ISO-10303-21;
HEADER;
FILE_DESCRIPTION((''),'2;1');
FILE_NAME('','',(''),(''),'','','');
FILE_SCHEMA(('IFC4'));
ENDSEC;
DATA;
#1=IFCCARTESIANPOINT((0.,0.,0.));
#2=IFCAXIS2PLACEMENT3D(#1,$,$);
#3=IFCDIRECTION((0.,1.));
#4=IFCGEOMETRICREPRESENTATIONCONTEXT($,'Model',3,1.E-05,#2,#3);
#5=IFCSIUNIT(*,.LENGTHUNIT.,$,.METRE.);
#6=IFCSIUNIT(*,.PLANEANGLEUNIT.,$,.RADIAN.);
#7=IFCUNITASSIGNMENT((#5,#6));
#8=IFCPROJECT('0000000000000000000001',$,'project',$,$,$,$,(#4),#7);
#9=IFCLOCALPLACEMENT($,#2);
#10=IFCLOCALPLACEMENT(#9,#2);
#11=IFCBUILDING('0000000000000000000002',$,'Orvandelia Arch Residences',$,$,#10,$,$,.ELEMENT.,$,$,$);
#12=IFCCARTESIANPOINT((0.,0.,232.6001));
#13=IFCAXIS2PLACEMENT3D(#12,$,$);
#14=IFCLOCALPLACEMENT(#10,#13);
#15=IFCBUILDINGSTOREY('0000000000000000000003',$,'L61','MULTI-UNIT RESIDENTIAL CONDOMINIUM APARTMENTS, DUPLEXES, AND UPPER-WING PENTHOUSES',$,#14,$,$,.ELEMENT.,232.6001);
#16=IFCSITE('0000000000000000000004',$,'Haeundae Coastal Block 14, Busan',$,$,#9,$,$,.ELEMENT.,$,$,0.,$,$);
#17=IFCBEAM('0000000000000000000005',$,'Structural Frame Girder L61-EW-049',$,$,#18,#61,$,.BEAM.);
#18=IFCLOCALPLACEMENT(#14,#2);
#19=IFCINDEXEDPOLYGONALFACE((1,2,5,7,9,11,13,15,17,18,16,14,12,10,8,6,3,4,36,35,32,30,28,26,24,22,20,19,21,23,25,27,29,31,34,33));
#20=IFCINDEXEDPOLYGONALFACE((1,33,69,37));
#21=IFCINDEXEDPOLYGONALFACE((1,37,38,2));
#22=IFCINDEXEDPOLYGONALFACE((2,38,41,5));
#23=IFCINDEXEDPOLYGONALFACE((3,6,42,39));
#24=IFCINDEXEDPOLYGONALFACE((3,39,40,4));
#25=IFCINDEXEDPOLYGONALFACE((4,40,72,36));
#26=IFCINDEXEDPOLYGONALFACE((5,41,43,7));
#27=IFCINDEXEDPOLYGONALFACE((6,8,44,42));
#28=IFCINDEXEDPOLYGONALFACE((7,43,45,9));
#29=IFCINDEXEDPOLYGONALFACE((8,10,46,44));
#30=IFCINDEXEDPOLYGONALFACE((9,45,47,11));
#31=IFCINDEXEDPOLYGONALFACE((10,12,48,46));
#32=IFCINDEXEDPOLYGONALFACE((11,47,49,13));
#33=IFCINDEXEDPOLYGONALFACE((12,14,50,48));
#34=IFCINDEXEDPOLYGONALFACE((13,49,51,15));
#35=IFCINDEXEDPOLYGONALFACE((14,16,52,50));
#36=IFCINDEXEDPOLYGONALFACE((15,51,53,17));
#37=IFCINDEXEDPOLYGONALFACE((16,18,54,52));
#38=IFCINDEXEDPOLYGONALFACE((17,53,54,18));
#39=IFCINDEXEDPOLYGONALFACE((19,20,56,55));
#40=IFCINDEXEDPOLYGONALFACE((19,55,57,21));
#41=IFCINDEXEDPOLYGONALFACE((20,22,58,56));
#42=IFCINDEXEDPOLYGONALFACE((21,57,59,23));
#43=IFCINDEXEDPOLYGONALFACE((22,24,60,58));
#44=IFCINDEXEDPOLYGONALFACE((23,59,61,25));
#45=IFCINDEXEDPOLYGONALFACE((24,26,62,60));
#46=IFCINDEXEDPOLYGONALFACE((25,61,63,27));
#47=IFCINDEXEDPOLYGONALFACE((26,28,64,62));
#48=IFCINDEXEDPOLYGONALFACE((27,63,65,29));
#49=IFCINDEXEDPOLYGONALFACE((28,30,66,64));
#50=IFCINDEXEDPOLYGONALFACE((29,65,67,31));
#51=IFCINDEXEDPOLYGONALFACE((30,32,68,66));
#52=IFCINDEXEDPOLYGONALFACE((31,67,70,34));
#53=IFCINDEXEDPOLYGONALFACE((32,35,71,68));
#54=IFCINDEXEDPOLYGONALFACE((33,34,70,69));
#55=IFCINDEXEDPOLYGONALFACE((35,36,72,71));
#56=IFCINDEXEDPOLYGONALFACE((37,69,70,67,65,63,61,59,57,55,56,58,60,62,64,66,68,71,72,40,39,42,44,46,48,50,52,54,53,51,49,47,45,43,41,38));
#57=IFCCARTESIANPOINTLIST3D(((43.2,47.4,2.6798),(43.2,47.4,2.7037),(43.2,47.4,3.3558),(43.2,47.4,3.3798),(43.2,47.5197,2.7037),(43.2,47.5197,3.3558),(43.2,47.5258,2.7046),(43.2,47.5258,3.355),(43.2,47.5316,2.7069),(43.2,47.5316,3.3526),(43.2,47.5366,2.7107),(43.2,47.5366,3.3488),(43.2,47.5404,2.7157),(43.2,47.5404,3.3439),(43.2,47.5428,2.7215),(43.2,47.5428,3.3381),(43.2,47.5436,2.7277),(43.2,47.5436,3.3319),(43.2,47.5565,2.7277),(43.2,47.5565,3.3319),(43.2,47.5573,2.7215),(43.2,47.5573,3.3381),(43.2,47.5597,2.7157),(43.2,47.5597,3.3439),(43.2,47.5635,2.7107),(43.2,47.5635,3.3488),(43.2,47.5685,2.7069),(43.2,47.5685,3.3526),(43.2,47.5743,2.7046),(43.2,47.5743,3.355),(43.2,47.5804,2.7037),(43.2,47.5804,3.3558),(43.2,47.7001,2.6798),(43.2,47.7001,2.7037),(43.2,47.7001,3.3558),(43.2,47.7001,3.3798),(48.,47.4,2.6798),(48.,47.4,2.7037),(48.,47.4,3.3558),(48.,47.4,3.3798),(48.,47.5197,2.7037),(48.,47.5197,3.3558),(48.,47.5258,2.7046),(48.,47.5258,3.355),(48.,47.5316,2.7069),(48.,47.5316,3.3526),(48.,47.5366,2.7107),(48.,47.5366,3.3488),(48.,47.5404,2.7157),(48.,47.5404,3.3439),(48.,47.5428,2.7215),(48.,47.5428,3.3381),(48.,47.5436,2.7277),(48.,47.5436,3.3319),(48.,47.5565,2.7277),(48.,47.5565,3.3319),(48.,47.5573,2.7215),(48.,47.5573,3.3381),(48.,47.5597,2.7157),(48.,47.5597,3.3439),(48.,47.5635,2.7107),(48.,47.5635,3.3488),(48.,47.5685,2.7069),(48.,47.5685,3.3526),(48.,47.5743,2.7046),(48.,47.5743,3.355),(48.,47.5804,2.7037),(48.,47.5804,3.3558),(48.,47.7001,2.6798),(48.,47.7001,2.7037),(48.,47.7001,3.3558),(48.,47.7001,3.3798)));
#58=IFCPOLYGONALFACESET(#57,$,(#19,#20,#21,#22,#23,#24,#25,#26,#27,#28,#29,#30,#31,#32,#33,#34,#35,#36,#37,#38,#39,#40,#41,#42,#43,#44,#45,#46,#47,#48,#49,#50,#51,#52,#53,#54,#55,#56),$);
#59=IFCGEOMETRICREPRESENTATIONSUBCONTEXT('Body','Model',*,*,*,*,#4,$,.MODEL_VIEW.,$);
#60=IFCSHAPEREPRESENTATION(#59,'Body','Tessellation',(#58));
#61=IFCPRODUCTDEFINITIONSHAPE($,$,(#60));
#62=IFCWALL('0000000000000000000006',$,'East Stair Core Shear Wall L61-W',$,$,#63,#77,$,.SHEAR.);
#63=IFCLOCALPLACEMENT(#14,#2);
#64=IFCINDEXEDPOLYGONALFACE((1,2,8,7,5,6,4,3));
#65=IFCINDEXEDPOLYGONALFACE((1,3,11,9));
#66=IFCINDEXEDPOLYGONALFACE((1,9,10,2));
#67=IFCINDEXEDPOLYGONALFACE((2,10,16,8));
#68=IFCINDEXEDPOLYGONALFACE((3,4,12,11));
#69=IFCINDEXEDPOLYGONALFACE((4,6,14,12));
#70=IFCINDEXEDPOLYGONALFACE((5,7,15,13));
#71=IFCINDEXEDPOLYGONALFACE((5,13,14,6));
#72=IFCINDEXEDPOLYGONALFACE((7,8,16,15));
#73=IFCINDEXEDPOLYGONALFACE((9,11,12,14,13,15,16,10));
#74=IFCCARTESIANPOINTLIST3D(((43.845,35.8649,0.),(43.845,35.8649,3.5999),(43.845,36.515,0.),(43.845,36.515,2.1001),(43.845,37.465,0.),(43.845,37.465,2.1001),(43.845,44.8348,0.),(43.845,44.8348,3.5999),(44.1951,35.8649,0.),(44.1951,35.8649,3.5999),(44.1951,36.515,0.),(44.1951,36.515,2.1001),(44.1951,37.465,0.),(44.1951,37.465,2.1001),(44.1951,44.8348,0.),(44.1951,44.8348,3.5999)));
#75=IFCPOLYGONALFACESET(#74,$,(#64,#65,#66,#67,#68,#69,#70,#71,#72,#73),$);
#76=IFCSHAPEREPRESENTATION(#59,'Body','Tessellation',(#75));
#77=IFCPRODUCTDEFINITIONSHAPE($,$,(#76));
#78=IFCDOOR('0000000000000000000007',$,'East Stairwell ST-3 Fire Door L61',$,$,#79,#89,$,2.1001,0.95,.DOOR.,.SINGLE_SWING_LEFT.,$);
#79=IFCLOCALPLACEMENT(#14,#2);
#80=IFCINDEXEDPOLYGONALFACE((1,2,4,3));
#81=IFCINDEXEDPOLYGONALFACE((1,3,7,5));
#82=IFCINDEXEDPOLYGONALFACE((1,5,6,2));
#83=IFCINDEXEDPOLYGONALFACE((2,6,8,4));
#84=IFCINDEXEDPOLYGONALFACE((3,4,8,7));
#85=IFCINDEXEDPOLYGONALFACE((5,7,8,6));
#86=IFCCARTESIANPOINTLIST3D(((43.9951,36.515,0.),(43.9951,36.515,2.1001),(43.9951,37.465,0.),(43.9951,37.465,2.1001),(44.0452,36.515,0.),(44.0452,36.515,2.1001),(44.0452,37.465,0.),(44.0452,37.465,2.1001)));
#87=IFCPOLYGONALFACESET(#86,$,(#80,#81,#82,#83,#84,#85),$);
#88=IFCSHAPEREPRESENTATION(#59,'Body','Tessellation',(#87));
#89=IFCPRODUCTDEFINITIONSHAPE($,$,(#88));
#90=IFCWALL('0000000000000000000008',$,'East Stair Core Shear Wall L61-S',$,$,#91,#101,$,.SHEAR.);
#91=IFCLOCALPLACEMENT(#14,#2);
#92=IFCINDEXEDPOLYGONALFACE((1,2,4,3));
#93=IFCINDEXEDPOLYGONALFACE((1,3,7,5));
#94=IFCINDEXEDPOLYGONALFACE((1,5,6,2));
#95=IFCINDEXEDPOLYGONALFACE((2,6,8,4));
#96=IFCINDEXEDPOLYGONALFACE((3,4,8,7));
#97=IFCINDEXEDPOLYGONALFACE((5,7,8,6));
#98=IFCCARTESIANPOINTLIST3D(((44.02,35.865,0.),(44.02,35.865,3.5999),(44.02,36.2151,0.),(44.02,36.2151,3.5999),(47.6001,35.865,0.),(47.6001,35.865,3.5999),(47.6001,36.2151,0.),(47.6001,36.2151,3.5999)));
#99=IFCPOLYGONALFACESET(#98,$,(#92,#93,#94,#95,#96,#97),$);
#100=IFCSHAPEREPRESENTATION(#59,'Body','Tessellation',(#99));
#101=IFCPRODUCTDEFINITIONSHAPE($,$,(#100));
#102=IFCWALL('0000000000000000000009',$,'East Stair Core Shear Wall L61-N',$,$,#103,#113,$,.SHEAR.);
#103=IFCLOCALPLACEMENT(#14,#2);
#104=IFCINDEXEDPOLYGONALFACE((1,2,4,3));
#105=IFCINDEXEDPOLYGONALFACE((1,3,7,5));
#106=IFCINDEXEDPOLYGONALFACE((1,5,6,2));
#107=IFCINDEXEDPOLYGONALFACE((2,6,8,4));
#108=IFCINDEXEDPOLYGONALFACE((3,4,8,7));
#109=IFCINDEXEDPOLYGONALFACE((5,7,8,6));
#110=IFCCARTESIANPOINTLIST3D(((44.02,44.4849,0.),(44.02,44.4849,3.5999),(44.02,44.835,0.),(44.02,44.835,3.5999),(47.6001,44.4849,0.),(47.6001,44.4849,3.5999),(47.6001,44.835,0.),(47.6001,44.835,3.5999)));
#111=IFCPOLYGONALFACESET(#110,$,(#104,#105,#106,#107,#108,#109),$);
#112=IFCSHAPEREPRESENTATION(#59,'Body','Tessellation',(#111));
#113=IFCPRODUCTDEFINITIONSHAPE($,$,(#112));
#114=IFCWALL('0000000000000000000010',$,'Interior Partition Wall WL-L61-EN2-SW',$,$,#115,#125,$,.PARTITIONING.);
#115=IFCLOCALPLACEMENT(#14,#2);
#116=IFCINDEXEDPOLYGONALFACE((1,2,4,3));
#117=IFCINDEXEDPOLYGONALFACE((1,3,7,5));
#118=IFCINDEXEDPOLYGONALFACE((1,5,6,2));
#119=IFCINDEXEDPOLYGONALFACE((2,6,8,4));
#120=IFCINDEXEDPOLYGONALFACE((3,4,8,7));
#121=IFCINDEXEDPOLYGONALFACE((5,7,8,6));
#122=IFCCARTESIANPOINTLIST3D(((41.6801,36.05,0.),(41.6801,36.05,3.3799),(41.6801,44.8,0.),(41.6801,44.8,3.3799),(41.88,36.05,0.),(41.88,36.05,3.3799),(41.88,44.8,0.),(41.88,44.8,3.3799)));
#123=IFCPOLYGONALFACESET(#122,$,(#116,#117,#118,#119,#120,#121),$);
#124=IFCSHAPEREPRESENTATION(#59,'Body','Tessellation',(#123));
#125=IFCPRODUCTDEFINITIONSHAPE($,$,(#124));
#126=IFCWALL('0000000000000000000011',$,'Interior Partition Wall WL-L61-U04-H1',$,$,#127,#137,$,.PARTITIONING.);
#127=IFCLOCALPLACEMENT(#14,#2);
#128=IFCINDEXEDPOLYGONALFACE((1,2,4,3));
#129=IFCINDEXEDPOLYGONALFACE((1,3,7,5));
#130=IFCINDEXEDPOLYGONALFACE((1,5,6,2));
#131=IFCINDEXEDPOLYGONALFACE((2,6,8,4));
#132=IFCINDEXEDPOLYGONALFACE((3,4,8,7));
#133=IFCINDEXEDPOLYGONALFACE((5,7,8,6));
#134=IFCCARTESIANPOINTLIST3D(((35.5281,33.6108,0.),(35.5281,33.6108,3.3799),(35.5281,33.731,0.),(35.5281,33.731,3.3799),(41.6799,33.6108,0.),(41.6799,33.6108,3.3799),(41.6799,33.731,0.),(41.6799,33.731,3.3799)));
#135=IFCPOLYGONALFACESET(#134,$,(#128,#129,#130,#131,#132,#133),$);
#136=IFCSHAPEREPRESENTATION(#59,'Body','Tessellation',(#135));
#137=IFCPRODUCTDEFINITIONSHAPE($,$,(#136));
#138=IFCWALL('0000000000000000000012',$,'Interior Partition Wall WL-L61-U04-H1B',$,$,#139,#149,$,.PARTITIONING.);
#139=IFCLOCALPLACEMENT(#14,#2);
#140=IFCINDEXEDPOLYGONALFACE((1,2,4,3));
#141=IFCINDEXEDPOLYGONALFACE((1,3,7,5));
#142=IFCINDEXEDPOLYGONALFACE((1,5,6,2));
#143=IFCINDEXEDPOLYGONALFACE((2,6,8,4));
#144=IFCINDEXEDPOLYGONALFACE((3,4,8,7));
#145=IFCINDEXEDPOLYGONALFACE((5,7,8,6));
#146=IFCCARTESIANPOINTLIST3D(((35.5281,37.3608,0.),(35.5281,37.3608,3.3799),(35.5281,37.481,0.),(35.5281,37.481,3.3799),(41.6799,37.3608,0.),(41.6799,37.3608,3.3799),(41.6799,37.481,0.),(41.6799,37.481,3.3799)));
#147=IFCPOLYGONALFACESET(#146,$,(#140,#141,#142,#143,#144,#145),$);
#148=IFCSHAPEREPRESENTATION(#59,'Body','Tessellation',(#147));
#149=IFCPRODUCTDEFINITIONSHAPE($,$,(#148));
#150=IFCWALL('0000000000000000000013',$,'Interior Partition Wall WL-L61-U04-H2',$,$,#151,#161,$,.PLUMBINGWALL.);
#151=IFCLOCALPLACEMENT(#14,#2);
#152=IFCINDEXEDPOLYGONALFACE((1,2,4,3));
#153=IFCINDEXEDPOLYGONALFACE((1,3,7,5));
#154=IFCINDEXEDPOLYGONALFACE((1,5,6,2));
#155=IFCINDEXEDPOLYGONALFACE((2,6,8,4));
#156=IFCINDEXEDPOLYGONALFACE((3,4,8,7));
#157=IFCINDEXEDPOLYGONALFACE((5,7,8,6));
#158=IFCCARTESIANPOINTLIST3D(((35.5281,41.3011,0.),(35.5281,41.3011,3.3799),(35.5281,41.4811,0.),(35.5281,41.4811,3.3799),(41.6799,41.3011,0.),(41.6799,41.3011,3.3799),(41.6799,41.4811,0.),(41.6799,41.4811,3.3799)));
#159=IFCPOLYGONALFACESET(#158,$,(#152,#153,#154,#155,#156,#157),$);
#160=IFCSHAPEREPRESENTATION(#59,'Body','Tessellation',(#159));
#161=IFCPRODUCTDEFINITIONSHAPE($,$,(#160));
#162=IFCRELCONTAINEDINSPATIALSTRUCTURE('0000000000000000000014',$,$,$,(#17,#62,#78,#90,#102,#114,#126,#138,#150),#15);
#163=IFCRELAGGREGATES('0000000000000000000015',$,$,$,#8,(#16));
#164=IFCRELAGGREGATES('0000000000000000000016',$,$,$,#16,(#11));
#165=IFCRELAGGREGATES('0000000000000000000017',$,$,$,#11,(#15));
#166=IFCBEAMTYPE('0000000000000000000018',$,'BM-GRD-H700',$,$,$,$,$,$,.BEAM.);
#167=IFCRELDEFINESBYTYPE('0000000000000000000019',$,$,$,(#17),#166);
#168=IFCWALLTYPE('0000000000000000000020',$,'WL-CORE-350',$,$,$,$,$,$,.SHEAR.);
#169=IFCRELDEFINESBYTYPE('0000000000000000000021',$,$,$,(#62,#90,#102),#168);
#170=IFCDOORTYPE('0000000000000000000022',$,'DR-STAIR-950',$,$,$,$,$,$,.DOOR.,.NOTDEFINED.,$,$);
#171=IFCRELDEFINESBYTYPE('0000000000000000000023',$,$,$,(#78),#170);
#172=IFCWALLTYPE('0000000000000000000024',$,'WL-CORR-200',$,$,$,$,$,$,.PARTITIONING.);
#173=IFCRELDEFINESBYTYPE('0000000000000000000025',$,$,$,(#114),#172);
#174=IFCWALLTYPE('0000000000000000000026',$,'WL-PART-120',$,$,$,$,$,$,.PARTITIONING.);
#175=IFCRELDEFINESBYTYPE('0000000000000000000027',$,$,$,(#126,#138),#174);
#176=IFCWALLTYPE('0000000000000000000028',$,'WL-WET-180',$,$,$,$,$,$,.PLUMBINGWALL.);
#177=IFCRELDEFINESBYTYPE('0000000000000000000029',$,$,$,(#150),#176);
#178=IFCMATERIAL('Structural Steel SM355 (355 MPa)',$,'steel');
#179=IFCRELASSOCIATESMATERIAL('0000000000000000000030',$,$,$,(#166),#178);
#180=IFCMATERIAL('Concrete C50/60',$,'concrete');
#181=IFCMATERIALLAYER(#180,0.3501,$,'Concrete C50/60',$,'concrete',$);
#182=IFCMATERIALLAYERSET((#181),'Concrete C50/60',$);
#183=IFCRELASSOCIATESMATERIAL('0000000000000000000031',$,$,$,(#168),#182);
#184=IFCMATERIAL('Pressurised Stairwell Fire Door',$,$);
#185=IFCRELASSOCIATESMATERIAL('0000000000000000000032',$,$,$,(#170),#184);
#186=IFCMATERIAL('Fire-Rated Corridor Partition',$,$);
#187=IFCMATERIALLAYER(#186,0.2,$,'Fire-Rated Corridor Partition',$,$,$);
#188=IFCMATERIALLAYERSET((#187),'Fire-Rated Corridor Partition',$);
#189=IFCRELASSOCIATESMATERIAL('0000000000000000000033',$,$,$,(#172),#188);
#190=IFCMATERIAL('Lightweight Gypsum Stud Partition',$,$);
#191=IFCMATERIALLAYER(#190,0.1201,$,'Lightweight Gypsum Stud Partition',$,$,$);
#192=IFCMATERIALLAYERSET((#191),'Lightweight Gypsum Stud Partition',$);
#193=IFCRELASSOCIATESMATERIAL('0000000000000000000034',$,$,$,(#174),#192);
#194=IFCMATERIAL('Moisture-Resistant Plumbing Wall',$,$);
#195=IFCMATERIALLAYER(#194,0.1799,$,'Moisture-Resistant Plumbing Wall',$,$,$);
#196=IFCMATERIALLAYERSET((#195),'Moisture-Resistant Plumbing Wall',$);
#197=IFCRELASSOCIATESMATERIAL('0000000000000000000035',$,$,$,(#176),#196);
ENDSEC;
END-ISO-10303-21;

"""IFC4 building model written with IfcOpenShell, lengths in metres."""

from ifc_helpers import new_model, si_unit, direction, frame, frame_2d, origin, origin_2d, place, context, subcontext, project, spatial, rectangle, i_section, extrude, material, layer, layer_set, material_profile, profile_set, type_object, element, fill, save


model = new_model("IFC4")

# Units and contexts
model_context = context("Model", 3, precision=1e-05, world=origin(), true_north=direction((0.0, 1.0)))
body_context = subcontext(model_context, "Body", "Model", "MODEL_VIEW")
ifc_project = project(units=[si_unit("LENGTHUNIT", "METRE"), si_unit("PLANEANGLEUNIT", "RADIAN")], contexts=[model_context])

# Site, building, storey
site_placement = place(None, origin())
site = spatial("IfcSite", under=ifc_project, at=site_placement, Name="Haeundae Coastal Block 14, Busan", CompositionType="ELEMENT", RefElevation=0.0)
building_placement = place(site_placement, origin())
building = spatial("IfcBuilding", under=site, at=building_placement, Name="Orvandelia Arch Residences", CompositionType="ELEMENT")
storey_placement = place(building_placement, frame((0.0, 0.0, 232.6001)))
storey = spatial("IfcBuildingStorey", under=building, at=storey_placement, Name="L61", Description="MULTI-UNIT RESIDENTIAL CONDOMINIUM APARTMENTS, DUPLEXES, AND UPPER-WING PENTHOUSES", CompositionType="ELEMENT", Elevation=232.6001)

# Beam
ifc_material_1 = material(Name="Structural Steel SM355 (355 MPa)", Category="steel")
ifc_material_profile_1 = material_profile(ifc_material_1, i_section(OverallWidth=0.3, OverallDepth=0.7, WebThickness=0.0129, FlangeThickness=0.0239, FilletRadius=0.0239, at=origin_2d()), Name="Structural Steel SM355 (355 MPa)", Category="steel")
ifc_profile_set_1 = profile_set([ifc_material_profile_1], Name="Structural Steel SM355 (355 MPa)")
beam_type = type_object("IfcBeamType", Name="BM-GRD-H700", PredefinedType="BEAM", material=ifc_profile_set_1)
for number, where, z_axis, x_axis, name in (
    (1, (43.2, 47.55, 3.0298), (1.0, 0.0, 0.0), (0.0, 1.0, 0.0), "Structural Frame Girder L61-EW-049"),
):
    element("IfcBeam", number, at=place(storey_placement, frame(where, z_axis=z_axis, x_axis=x_axis)), inside=storey, type_object=beam_type, Name=name, PredefinedType="BEAM", context=body_context, shape_type="SweptSolid", body=[
        extrude(i_section(OverallWidth=0.3, OverallDepth=0.7, WebThickness=0.0129, FlangeThickness=0.0239, FilletRadius=0.0239, at=origin_2d()), origin(), (0.0, 0.0, 1.0), 4.8),
    ])

# Wall, opening, door
ifc_material_2 = material(Name="Concrete C50/60", Category="concrete")
ifc_layer_1 = layer(ifc_material_2, 0.3501, Name="Concrete C50/60", Category="concrete")
ifc_layer_set_1 = layer_set([ifc_layer_1], Name="Concrete C50/60")
wall_type_1 = type_object("IfcWallType", Name="WL-CORE-350", PredefinedType="SHEAR", material=ifc_layer_set_1)
wall_1_placement = place(storey_placement, frame((44.02, 35.865, 0.0), z_axis=(0.0, 0.0, 1.0), x_axis=(0.0, 1.0, 0.0)))
wall_1 = element("IfcWall", 2, at=wall_1_placement, inside=storey, type_object=wall_type_1, Name="East Stair Core Shear Wall L61-W", PredefinedType="SHEAR", context=body_context, shape_type="SweptSolid", body=[
    extrude(rectangle(XDim=8.97, YDim=0.3501, at=frame_2d((4.4849, 0.0))), origin(), (0.0, 0.0, 1.0), 3.5999),
])
opening_1_placement = place(wall_1_placement, frame((0.6499, 0.0, 0.0)))
opening_1 = element("IfcOpeningElement", 3, at=opening_1_placement, cuts=wall_1, PredefinedType="OPENING", context=body_context, shape_type="SweptSolid", body=[
    extrude(rectangle(XDim=0.95, YDim=2.1001, at=frame_2d((0.4751, 1.05))), frame((0.0, 0.1851, 0.0), z_axis=(0.0, -1.0, 0.0), x_axis=(1.0, 0.0, 0.0)), (0.0, 0.0, 1.0), 0.3701),
])
ifc_material_3 = material(Name="Pressurised Stairwell Fire Door")
door_type_1 = type_object("IfcDoorType", Name="DR-STAIR-950", OperationType="NOTDEFINED", PredefinedType="DOOR", material=ifc_material_3)
door_1_placement = place(opening_1_placement, origin())
door_1 = element("IfcDoor", 4, at=door_1_placement, inside=storey, type_object=door_type_1, Name="East Stairwell ST-3 Fire Door L61", OperationType="SINGLE_SWING_LEFT", OverallHeight=2.1001, OverallWidth=0.95, PredefinedType="DOOR", context=body_context, shape_type="SweptSolid", body=[
    extrude(rectangle(XDim=0.95, YDim=2.1001, at=frame_2d((0.4751, 1.05))), frame((0.0, 0.0249, 0.0), z_axis=(0.0, -1.0, 0.0), x_axis=(1.0, 0.0, 0.0)), (0.0, 0.0, 1.0), 0.05),
])
fill(opening_1, door_1)

# Walls
for number, where, z_axis, x_axis, name in (
    (5, (44.02, 36.04, 0.0), (0.0, 0.0, 1.0), (1.0, 0.0, 0.0), "East Stair Core Shear Wall L61-S"),
    (6, (44.02, 44.6599, 0.0), (0.0, 0.0, 1.0), (1.0, 0.0, 0.0), "East Stair Core Shear Wall L61-N"),
):
    element("IfcWall", number, at=place(storey_placement, frame(where, z_axis=z_axis, x_axis=x_axis)), inside=storey, type_object=wall_type_1, Name=name, PredefinedType="SHEAR", context=body_context, shape_type="SweptSolid", body=[
        extrude(rectangle(XDim=3.5801, YDim=0.3501, at=frame_2d((1.79, 0.0))), origin(), (0.0, 0.0, 1.0), 3.5999),
    ])
ifc_material_4 = material(Name="Fire-Rated Corridor Partition")
ifc_layer_2 = layer(ifc_material_4, 0.2, Name="Fire-Rated Corridor Partition")
ifc_layer_set_2 = layer_set([ifc_layer_2], Name="Fire-Rated Corridor Partition")
wall_type_2 = type_object("IfcWallType", Name="WL-CORR-200", PredefinedType="PARTITIONING", material=ifc_layer_set_2)
wall_2_placement = place(storey_placement, frame((41.78, 36.05, 0.0), z_axis=(0.0, 0.0, 1.0), x_axis=(0.0, 1.0, 0.0)))
element("IfcWall", 7, at=wall_2_placement, inside=storey, type_object=wall_type_2, Name="Interior Partition Wall WL-L61-EN2-SW", PredefinedType="PARTITIONING", context=body_context, shape_type="SweptSolid", body=[
    extrude(rectangle(XDim=8.75, YDim=0.2, at=frame_2d((4.375, 0.0))), origin(), (0.0, 0.0, 1.0), 3.3799),
])

# Walls
ifc_material_5 = material(Name="Lightweight Gypsum Stud Partition")
ifc_layer_3 = layer(ifc_material_5, 0.1201, Name="Lightweight Gypsum Stud Partition")
ifc_layer_set_3 = layer_set([ifc_layer_3], Name="Lightweight Gypsum Stud Partition")
wall_type_3 = type_object("IfcWallType", Name="WL-PART-120", PredefinedType="PARTITIONING", material=ifc_layer_set_3)
for number, where, z_axis, x_axis, name in (
    (8, (35.5281, 33.6709, 0.0), (0.0, 0.0, 1.0), (1.0, 0.0, 0.0), "Interior Partition Wall WL-L61-U04-H1"),
    (9, (35.5281, 37.4209, 0.0), (0.0, 0.0, 1.0), (1.0, 0.0, 0.0), "Interior Partition Wall WL-L61-U04-H1B"),
):
    element("IfcWall", number, at=place(storey_placement, frame(where, z_axis=z_axis, x_axis=x_axis)), inside=storey, type_object=wall_type_3, Name=name, PredefinedType="PARTITIONING", context=body_context, shape_type="SweptSolid", body=[
        extrude(rectangle(XDim=6.1519, YDim=0.1201, at=frame_2d((3.0759, 0.0))), origin(), (0.0, 0.0, 1.0), 3.3799),
    ])
ifc_material_6 = material(Name="Moisture-Resistant Plumbing Wall")
ifc_layer_4 = layer(ifc_material_6, 0.1799, Name="Moisture-Resistant Plumbing Wall")
ifc_layer_set_4 = layer_set([ifc_layer_4], Name="Moisture-Resistant Plumbing Wall")
wall_type_4 = type_object("IfcWallType", Name="WL-WET-180", PredefinedType="PLUMBINGWALL", material=ifc_layer_set_4)
wall_3_placement = place(storey_placement, frame((35.5281, 41.3911, 0.0), z_axis=(0.0, 0.0, 1.0), x_axis=(1.0, 0.0, 0.0)))
element("IfcWall", 10, at=wall_3_placement, inside=storey, type_object=wall_type_4, Name="Interior Partition Wall WL-L61-U04-H2", PredefinedType="PLUMBINGWALL", context=body_context, shape_type="SweptSolid", body=[
    extrude(rectangle(XDim=6.1519, YDim=0.1799, at=frame_2d((3.0759, 0.0))), origin(), (0.0, 0.0, 1.0), 3.3799),
])

save(model, "model.ifc")
